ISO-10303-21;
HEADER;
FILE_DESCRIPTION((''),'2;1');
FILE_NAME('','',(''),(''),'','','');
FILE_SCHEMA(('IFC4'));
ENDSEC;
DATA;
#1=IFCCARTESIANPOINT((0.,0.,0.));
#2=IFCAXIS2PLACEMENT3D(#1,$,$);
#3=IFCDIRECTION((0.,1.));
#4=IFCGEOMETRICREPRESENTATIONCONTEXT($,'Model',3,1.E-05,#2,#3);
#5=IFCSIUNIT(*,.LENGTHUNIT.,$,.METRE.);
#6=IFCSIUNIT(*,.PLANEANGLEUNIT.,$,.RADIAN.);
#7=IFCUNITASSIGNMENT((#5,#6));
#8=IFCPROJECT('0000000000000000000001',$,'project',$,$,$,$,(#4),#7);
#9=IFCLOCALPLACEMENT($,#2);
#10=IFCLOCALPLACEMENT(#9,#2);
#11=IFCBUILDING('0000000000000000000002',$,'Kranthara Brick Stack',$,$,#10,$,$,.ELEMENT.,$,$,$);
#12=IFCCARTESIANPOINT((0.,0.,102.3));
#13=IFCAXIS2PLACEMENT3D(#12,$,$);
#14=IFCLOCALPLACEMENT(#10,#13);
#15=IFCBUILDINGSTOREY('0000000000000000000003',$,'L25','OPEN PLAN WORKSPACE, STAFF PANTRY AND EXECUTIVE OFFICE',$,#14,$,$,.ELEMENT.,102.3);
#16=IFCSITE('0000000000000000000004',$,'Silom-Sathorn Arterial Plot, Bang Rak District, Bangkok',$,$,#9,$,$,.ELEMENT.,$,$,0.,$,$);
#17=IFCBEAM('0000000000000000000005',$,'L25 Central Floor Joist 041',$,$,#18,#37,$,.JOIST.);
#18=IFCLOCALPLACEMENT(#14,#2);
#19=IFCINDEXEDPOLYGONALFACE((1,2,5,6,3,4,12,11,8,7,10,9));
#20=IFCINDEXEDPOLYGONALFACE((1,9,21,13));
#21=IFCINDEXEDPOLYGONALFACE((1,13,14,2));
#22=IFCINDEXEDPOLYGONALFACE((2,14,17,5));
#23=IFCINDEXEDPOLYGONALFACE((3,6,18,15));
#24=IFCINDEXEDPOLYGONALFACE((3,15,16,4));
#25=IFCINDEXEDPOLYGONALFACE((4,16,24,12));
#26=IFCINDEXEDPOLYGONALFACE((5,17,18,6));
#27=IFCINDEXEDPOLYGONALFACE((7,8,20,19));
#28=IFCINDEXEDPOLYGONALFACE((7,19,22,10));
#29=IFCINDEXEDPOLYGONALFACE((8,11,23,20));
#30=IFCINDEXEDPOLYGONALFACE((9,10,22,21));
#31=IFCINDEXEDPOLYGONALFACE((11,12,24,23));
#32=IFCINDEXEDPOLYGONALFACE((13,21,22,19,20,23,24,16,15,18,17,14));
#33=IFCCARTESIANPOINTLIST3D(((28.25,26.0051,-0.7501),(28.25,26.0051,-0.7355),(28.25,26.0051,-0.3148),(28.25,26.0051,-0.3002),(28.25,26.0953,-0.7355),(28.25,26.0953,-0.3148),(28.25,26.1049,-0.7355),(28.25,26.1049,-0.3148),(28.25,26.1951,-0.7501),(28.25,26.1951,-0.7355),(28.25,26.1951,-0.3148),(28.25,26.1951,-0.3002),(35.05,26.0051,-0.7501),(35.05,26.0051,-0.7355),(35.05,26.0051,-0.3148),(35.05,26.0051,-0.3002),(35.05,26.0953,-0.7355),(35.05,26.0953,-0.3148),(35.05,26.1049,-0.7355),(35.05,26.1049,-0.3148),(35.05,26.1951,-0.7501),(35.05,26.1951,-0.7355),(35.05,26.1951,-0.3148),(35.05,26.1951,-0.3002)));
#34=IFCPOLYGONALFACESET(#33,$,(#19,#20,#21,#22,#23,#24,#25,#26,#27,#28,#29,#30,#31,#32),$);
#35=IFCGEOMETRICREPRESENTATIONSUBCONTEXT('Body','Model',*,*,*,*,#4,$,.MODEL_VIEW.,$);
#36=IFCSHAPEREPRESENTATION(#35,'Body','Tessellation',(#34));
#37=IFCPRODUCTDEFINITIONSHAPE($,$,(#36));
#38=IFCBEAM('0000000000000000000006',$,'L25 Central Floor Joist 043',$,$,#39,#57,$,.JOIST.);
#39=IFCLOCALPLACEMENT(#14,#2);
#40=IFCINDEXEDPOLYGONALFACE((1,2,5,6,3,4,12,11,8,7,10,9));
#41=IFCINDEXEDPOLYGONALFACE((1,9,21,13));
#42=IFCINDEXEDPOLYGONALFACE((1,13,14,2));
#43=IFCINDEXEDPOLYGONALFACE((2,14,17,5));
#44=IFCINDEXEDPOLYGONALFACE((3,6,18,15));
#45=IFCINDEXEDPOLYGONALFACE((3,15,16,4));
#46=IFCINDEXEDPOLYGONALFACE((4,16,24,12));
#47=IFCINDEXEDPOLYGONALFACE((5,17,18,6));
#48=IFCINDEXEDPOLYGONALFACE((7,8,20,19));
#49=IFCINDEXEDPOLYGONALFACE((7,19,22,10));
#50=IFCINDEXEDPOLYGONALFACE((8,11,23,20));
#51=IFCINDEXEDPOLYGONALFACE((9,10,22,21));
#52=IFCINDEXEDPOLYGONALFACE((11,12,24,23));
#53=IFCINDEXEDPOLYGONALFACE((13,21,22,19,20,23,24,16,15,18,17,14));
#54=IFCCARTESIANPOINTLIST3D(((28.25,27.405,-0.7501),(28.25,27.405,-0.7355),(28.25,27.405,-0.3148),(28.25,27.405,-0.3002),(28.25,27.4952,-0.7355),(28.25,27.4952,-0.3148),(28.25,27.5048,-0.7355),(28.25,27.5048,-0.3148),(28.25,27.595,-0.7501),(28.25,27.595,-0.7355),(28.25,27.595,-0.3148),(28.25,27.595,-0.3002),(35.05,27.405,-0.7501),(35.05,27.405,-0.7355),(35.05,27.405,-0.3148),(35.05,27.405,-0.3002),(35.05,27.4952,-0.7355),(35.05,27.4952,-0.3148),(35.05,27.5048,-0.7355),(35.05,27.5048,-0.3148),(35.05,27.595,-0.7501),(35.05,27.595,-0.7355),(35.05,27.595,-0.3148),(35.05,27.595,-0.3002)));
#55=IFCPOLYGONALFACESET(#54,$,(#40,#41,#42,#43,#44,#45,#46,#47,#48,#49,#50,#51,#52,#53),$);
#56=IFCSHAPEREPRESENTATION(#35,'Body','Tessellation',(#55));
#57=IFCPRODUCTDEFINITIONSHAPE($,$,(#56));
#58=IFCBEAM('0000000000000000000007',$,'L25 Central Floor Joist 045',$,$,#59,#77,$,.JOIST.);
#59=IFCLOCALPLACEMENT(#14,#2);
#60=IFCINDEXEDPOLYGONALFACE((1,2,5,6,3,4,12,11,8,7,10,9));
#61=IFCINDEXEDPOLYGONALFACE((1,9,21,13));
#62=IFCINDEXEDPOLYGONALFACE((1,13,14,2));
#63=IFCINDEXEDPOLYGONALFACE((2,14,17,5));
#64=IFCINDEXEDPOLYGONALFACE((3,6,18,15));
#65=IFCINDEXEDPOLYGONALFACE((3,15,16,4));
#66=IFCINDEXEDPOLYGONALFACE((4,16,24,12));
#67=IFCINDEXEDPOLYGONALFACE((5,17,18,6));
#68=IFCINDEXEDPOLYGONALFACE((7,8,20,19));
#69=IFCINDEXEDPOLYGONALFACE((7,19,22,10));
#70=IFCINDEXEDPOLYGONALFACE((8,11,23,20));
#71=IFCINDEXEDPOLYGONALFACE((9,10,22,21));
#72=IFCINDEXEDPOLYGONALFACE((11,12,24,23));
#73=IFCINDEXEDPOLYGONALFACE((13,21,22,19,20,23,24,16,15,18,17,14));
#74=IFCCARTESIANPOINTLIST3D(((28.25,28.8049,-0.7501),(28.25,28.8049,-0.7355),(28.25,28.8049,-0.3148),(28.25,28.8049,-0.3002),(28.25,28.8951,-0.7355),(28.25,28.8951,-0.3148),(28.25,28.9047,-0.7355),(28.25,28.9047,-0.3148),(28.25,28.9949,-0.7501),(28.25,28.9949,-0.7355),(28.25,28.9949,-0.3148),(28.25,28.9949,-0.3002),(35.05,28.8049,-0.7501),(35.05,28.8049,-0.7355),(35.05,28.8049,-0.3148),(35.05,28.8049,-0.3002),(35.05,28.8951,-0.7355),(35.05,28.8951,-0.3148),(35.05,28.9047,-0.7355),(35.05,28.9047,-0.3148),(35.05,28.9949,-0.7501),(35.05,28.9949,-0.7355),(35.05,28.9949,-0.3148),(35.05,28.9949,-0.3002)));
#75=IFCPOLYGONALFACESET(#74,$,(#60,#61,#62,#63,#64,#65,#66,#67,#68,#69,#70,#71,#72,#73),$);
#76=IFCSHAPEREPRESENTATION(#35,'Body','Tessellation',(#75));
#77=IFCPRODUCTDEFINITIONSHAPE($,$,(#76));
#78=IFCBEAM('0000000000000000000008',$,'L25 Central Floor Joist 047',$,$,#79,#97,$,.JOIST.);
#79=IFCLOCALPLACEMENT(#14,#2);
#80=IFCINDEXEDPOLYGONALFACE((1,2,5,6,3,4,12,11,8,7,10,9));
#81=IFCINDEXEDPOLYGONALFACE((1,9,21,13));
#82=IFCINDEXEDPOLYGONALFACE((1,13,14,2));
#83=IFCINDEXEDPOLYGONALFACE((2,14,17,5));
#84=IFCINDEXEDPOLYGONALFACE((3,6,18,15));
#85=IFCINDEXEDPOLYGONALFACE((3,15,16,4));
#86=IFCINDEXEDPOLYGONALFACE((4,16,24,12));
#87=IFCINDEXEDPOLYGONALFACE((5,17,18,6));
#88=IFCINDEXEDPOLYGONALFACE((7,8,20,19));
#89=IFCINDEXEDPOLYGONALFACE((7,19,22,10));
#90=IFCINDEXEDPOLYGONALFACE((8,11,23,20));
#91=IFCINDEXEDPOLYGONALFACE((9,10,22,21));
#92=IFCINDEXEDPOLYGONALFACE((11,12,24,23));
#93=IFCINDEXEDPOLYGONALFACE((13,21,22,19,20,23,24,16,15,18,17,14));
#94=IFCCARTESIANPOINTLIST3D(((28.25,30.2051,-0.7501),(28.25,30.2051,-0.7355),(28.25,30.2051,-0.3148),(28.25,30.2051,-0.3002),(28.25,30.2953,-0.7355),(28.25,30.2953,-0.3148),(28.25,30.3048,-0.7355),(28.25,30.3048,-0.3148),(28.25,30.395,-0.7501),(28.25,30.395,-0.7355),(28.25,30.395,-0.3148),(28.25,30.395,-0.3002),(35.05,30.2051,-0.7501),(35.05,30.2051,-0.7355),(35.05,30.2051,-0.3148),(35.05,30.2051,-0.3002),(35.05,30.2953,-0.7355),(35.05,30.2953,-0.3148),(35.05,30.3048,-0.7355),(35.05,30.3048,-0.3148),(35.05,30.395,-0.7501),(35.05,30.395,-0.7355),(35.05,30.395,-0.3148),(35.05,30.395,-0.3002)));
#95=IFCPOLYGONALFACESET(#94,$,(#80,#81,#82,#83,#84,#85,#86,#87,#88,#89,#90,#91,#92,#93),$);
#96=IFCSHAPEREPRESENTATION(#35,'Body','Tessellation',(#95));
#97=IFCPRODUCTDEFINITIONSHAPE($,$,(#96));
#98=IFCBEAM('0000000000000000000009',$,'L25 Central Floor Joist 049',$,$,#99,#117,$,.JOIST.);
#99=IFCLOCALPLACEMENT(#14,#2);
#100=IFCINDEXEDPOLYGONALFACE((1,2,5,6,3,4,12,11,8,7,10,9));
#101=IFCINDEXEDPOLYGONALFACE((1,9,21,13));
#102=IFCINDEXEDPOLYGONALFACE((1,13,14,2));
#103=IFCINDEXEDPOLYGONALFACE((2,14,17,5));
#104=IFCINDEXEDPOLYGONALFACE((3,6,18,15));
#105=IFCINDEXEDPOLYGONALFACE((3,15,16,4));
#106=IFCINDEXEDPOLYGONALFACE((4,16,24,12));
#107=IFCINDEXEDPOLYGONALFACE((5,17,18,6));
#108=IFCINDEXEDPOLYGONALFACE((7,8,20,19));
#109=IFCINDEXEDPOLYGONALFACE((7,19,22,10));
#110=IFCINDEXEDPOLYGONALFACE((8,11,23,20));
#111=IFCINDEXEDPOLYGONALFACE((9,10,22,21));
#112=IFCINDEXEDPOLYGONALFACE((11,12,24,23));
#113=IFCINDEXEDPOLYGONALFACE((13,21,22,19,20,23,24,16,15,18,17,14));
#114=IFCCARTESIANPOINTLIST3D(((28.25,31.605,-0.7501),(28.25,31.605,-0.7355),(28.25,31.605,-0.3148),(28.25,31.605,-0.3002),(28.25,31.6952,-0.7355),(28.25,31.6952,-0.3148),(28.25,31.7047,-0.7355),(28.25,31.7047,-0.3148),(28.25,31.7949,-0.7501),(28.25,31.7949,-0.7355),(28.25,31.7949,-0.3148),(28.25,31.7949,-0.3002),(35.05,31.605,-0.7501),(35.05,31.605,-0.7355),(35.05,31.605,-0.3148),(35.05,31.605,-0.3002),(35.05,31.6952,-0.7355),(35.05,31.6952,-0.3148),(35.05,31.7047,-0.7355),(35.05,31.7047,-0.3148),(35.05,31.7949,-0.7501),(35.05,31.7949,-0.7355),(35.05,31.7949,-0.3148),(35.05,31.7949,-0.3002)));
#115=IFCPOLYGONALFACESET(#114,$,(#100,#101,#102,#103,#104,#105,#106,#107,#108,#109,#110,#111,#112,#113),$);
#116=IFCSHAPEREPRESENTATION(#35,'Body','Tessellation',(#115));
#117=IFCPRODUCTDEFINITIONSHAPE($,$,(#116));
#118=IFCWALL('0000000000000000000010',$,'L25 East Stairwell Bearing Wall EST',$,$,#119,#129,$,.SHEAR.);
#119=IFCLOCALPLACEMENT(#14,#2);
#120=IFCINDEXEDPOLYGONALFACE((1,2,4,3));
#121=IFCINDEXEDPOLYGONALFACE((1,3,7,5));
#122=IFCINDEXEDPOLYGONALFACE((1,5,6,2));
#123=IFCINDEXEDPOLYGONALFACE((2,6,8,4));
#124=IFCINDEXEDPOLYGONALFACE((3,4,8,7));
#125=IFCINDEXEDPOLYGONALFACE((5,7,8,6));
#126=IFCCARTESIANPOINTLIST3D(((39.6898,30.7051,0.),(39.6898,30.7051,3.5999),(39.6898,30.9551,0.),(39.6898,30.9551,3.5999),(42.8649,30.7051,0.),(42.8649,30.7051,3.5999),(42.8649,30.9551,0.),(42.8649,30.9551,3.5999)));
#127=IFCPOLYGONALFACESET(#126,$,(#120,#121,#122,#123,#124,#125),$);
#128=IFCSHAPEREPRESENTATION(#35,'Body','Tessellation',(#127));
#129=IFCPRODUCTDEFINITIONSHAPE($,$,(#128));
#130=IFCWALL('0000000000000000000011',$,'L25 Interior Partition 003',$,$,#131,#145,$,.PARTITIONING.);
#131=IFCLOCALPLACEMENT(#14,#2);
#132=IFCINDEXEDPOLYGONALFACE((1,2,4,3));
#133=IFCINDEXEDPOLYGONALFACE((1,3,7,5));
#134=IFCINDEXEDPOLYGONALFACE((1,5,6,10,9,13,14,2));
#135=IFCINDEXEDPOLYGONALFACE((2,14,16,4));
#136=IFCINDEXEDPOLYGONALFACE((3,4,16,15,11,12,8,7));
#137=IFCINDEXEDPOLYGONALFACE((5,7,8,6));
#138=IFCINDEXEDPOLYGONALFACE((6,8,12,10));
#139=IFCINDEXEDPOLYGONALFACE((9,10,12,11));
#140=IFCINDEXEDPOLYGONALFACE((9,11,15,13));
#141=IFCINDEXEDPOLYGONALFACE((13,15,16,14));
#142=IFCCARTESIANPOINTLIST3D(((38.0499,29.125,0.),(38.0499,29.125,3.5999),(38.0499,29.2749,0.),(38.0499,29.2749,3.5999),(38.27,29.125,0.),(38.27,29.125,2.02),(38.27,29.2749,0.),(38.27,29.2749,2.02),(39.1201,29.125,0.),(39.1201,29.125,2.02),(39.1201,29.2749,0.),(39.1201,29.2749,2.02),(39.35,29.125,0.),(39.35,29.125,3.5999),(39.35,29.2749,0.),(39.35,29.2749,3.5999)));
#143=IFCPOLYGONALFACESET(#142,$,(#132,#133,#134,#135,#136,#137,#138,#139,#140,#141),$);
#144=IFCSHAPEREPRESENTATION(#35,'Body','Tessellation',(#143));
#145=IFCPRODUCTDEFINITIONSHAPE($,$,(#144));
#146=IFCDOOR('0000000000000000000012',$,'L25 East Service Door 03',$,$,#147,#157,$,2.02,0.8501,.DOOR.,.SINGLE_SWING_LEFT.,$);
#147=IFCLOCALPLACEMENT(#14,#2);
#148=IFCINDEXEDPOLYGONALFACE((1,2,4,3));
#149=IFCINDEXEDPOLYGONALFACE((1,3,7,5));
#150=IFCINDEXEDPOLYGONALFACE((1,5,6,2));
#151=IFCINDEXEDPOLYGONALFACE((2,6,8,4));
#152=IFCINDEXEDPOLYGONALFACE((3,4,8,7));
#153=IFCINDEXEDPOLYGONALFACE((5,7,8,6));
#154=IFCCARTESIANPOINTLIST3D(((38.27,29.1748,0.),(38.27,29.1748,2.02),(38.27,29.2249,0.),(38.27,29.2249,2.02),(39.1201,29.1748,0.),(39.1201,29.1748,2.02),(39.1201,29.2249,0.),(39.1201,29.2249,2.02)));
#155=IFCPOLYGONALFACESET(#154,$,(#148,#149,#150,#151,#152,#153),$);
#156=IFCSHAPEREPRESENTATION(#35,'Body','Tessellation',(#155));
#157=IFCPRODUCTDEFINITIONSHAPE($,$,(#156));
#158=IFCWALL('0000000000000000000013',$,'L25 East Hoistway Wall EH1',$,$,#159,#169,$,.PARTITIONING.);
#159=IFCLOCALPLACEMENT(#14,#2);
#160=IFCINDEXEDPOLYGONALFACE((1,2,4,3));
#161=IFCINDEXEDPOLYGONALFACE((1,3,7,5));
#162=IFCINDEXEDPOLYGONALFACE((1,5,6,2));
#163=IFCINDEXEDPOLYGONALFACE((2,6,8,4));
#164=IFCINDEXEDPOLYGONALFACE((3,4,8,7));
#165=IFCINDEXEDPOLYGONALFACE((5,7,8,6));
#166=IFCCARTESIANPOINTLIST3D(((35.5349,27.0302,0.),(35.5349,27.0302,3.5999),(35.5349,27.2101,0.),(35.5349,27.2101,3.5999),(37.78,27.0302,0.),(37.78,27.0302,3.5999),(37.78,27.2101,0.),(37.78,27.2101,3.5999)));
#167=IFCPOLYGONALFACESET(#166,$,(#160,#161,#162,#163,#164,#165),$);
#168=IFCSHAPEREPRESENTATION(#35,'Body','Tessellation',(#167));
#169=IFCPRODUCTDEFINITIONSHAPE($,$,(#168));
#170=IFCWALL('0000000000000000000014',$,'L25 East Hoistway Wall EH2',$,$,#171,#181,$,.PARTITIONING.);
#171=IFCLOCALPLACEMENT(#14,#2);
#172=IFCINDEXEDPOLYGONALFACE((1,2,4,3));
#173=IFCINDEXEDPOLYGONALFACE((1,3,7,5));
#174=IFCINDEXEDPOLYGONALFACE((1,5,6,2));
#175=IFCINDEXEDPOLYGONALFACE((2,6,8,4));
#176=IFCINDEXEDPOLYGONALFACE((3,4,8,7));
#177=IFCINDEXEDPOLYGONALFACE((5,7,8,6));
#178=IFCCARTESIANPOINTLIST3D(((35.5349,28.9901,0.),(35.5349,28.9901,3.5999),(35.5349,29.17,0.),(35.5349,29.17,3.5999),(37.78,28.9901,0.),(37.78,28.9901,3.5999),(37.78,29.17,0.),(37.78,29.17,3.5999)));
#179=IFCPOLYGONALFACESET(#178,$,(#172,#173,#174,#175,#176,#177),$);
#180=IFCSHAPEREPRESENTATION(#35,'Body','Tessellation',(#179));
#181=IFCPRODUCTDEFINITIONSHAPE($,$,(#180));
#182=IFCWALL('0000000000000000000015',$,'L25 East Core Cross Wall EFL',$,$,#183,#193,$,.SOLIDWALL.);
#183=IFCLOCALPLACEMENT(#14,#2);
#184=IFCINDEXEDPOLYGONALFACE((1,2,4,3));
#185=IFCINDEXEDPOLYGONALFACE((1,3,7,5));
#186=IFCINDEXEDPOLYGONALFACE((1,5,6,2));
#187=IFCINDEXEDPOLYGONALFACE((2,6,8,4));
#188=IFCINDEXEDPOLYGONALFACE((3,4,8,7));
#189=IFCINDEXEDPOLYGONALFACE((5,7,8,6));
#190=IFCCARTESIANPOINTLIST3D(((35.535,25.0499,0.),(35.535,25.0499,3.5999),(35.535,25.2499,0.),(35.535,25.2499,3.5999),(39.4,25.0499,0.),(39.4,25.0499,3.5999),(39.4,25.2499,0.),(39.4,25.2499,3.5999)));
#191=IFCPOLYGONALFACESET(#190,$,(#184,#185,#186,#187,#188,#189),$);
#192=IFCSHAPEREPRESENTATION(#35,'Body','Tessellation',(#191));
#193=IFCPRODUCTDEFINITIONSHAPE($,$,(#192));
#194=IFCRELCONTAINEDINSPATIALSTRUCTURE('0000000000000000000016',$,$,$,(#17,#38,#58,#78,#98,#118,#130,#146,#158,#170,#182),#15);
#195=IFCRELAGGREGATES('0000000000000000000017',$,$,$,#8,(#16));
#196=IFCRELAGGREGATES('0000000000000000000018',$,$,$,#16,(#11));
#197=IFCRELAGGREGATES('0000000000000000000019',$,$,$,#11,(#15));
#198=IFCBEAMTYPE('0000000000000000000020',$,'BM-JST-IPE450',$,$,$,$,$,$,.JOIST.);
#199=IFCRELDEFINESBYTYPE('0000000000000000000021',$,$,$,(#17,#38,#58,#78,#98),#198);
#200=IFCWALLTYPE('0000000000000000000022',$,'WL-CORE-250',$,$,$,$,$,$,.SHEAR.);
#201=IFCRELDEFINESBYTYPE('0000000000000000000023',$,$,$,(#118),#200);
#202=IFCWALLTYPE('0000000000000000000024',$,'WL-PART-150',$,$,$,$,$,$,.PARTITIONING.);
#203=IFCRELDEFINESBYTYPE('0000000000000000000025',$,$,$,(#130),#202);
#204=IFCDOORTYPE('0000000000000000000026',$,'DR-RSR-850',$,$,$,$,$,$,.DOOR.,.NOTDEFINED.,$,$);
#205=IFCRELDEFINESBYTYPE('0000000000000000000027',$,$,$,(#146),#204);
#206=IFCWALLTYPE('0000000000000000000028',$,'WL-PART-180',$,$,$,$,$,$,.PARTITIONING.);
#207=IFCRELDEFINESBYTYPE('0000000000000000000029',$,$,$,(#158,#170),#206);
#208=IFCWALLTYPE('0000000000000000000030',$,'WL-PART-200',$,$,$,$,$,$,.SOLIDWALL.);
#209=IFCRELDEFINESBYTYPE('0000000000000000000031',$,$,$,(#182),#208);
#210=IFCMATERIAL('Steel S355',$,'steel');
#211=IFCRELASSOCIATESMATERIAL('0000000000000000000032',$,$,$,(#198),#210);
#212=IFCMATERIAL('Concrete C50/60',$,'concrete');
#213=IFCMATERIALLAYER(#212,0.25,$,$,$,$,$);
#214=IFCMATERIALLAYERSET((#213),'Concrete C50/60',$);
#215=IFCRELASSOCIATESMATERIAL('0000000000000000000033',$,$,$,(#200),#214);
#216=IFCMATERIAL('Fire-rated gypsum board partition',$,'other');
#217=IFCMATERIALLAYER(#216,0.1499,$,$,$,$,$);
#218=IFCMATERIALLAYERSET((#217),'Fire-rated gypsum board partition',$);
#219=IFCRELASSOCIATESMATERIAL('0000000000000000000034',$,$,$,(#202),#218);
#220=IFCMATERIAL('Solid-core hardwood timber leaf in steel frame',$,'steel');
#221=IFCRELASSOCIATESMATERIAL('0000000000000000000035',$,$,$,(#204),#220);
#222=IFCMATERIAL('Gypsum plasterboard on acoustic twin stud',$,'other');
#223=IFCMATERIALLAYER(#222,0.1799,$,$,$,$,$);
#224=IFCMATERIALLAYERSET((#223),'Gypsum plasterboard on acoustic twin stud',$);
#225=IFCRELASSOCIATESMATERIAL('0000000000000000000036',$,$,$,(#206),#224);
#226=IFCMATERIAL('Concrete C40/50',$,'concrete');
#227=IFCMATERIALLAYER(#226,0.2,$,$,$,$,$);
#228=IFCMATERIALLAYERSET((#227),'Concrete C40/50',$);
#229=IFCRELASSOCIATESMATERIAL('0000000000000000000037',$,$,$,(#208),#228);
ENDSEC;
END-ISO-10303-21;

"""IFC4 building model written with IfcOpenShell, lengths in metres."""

from ifc_helpers import new_model, si_unit, direction, frame, frame_2d, origin, origin_2d, place, context, subcontext, project, spatial, rectangle, i_section, extrude, material, layer, layer_set, material_profile, profile_set, type_object, element, fill, save


model = new_model("IFC4")

# Units and contexts
model_context = context("Model", 3, precision=1e-05, world=origin(), true_north=direction((0.0, 1.0)))
body_context = subcontext(model_context, "Body", "Model", "MODEL_VIEW")
ifc_project = project(units=[si_unit("LENGTHUNIT", "METRE"), si_unit("PLANEANGLEUNIT", "RADIAN")], contexts=[model_context])

# Site, building, storey
site_placement = place(None, origin())
site = spatial("IfcSite", under=ifc_project, at=site_placement, Name="Silom-Sathorn Arterial Plot, Bang Rak District, Bangkok", CompositionType="ELEMENT", RefElevation=0.0)
building_placement = place(site_placement, origin())
building = spatial("IfcBuilding", under=site, at=building_placement, Name="Kranthara Brick Stack", CompositionType="ELEMENT")
storey_placement = place(building_placement, frame((0.0, 0.0, 102.3)))
storey = spatial("IfcBuildingStorey", under=building, at=storey_placement, Name="L25", Description="OPEN PLAN WORKSPACE, STAFF PANTRY AND EXECUTIVE OFFICE", CompositionType="ELEMENT", Elevation=102.3)

# Beams
ifc_material_1 = material(Name="Steel S355", Category="steel")
ifc_material_profile = material_profile(ifc_material_1, i_section(OverallWidth=0.1899, OverallDepth=0.45, WebThickness=0.0095, FlangeThickness=0.0146, at=origin_2d()), Name="IPE 450")
ifc_profile_set = profile_set([ifc_material_profile], Name="Steel S355")
beam_type = type_object("IfcBeamType", Name="BM-JST-IPE450", PredefinedType="JOIST", material=ifc_profile_set)
for number, where, z_axis, x_axis, name in (
    (1, (28.25, 26.1001, -0.5251), (1.0, 0.0, 0.0), (0.0, 1.0, 0.0), "L25 Central Floor Joist 041"),
    (2, (28.25, 27.5, -0.5251), (1.0, 0.0, 0.0), (0.0, 1.0, 0.0), "L25 Central Floor Joist 043"),
    (3, (28.25, 28.8999, -0.5251), (1.0, 0.0, 0.0), (0.0, 1.0, 0.0), "L25 Central Floor Joist 045"),
    (4, (28.25, 30.3, -0.5251), (1.0, 0.0, 0.0), (0.0, 1.0, 0.0), "L25 Central Floor Joist 047"),
    (5, (28.25, 31.7, -0.5251), (1.0, 0.0, 0.0), (0.0, 1.0, 0.0), "L25 Central Floor Joist 049"),
):
    element("IfcBeam", number, at=place(storey_placement, frame(where, z_axis=z_axis, x_axis=x_axis)), inside=storey, type_object=beam_type, Name=name, PredefinedType="JOIST", context=body_context, shape_type="SweptSolid", body=[
        extrude(i_section(OverallWidth=0.1899, OverallDepth=0.45, WebThickness=0.0095, FlangeThickness=0.0146, at=origin_2d()), origin(), (0.0, 0.0, 1.0), 6.8),
    ])

# Wall
ifc_material_2 = material(Name="Concrete C50/60", Category="concrete")
ifc_layer_1 = layer(ifc_material_2, 0.25)
ifc_layer_set_1 = layer_set([ifc_layer_1], Name="Concrete C50/60")
wall_type_1 = type_object("IfcWallType", Name="WL-CORE-250", PredefinedType="SHEAR", material=ifc_layer_set_1)
wall_1_placement = place(storey_placement, frame((39.6899, 30.8301, 0.0), z_axis=(0.0, 0.0, 1.0), x_axis=(1.0, 0.0, 0.0)))
element("IfcWall", 6, at=wall_1_placement, inside=storey, type_object=wall_type_1, Name="L25 East Stairwell Bearing Wall EST", PredefinedType="SHEAR", context=body_context, shape_type="SweptSolid", body=[
    extrude(rectangle(XDim=3.175, YDim=0.25, at=frame_2d((1.5874, 0.0))), origin(), (0.0, 0.0, 1.0), 3.5999),
])

# Wall, opening, door
ifc_material_3 = material(Name="Fire-rated gypsum board partition", Category="other")
ifc_layer_2 = layer(ifc_material_3, 0.1499)
ifc_layer_set_2 = layer_set([ifc_layer_2], Name="Fire-rated gypsum board partition")
wall_type_2 = type_object("IfcWallType", Name="WL-PART-150", PredefinedType="PARTITIONING", material=ifc_layer_set_2)
wall_2_placement = place(storey_placement, frame((38.05, 29.2, 0.0), z_axis=(0.0, 0.0, 1.0), x_axis=(1.0, 0.0, 0.0)))
wall_2 = element("IfcWall", 7, at=wall_2_placement, inside=storey, type_object=wall_type_2, Name="L25 Interior Partition 003", PredefinedType="PARTITIONING", context=body_context, shape_type="SweptSolid", body=[
    extrude(rectangle(XDim=1.3, YDim=0.1499, at=frame_2d((0.6499, 0.0))), origin(), (0.0, 0.0, 1.0), 3.5999),
])
opening_placement = place(wall_2_placement, frame((0.22, 0.0, 0.0)))
opening = element("IfcOpeningElement", 8, at=opening_placement, cuts=wall_2, PredefinedType="OPENING", context=body_context, shape_type="SweptSolid", body=[
    extrude(rectangle(XDim=0.8501, YDim=2.02, at=frame_2d((0.425, 1.01))), frame((0.0, 0.085, 0.0), z_axis=(0.0, -1.0, 0.0), x_axis=(1.0, 0.0, 0.0)), (0.0, 0.0, 1.0), 0.1699),
])
ifc_material_4 = material(Name="Solid-core hardwood timber leaf in steel frame", Category="steel")
door_type = type_object("IfcDoorType", Name="DR-RSR-850", OperationType="NOTDEFINED", PredefinedType="DOOR", material=ifc_material_4)
door_placement = place(opening_placement, origin())
door = element("IfcDoor", 9, at=door_placement, inside=storey, type_object=door_type, Name="L25 East Service Door 03", OperationType="SINGLE_SWING_LEFT", OverallHeight=2.02, OverallWidth=0.8501, PredefinedType="DOOR", context=body_context, shape_type="SweptSolid", body=[
    extrude(rectangle(XDim=0.8501, YDim=2.02, at=frame_2d((0.425, 1.01))), frame((0.0, 0.0249, 0.0), z_axis=(0.0, -1.0, 0.0), x_axis=(1.0, 0.0, 0.0)), (0.0, 0.0, 1.0), 0.05),
])
fill(opening, door)

# Walls
ifc_material_5 = material(Name="Gypsum plasterboard on acoustic twin stud", Category="other")
ifc_layer_3 = layer(ifc_material_5, 0.1799)
ifc_layer_set_3 = layer_set([ifc_layer_3], Name="Gypsum plasterboard on acoustic twin stud")
wall_type_3 = type_object("IfcWallType", Name="WL-PART-180", PredefinedType="PARTITIONING", material=ifc_layer_set_3)
for number, where, z_axis, x_axis, name in (
    (10, (35.5349, 27.1201, 0.0), (0.0, 0.0, 1.0), (1.0, 0.0, 0.0), "L25 East Hoistway Wall EH1"),
    (11, (35.5349, 29.0801, 0.0), (0.0, 0.0, 1.0), (1.0, 0.0, 0.0), "L25 East Hoistway Wall EH2"),
):
    element("IfcWall", number, at=place(storey_placement, frame(where, z_axis=z_axis, x_axis=x_axis)), inside=storey, type_object=wall_type_3, Name=name, PredefinedType="PARTITIONING", context=body_context, shape_type="SweptSolid", body=[
        extrude(rectangle(XDim=2.2451, YDim=0.1799, at=frame_2d((1.1226, 0.0))), origin(), (0.0, 0.0, 1.0), 3.5999),
    ])
ifc_material_6 = material(Name="Concrete C40/50", Category="concrete")
ifc_layer_4 = layer(ifc_material_6, 0.2)
ifc_layer_set_4 = layer_set([ifc_layer_4], Name="Concrete C40/50")
wall_type_4 = type_object("IfcWallType", Name="WL-PART-200", PredefinedType="SOLIDWALL", material=ifc_layer_set_4)
wall_3_placement = place(storey_placement, frame((35.5349, 25.1499, 0.0), z_axis=(0.0, 0.0, 1.0), x_axis=(1.0, 0.0, 0.0)))
element("IfcWall", 12, at=wall_3_placement, inside=storey, type_object=wall_type_4, Name="L25 East Core Cross Wall EFL", PredefinedType="SOLIDWALL", context=body_context, shape_type="SweptSolid", body=[
    extrude(rectangle(XDim=3.865, YDim=0.2, at=frame_2d((1.9326, 0.0))), origin(), (0.0, 0.0, 1.0), 3.5999),
])

save(model, "model.ifc")
